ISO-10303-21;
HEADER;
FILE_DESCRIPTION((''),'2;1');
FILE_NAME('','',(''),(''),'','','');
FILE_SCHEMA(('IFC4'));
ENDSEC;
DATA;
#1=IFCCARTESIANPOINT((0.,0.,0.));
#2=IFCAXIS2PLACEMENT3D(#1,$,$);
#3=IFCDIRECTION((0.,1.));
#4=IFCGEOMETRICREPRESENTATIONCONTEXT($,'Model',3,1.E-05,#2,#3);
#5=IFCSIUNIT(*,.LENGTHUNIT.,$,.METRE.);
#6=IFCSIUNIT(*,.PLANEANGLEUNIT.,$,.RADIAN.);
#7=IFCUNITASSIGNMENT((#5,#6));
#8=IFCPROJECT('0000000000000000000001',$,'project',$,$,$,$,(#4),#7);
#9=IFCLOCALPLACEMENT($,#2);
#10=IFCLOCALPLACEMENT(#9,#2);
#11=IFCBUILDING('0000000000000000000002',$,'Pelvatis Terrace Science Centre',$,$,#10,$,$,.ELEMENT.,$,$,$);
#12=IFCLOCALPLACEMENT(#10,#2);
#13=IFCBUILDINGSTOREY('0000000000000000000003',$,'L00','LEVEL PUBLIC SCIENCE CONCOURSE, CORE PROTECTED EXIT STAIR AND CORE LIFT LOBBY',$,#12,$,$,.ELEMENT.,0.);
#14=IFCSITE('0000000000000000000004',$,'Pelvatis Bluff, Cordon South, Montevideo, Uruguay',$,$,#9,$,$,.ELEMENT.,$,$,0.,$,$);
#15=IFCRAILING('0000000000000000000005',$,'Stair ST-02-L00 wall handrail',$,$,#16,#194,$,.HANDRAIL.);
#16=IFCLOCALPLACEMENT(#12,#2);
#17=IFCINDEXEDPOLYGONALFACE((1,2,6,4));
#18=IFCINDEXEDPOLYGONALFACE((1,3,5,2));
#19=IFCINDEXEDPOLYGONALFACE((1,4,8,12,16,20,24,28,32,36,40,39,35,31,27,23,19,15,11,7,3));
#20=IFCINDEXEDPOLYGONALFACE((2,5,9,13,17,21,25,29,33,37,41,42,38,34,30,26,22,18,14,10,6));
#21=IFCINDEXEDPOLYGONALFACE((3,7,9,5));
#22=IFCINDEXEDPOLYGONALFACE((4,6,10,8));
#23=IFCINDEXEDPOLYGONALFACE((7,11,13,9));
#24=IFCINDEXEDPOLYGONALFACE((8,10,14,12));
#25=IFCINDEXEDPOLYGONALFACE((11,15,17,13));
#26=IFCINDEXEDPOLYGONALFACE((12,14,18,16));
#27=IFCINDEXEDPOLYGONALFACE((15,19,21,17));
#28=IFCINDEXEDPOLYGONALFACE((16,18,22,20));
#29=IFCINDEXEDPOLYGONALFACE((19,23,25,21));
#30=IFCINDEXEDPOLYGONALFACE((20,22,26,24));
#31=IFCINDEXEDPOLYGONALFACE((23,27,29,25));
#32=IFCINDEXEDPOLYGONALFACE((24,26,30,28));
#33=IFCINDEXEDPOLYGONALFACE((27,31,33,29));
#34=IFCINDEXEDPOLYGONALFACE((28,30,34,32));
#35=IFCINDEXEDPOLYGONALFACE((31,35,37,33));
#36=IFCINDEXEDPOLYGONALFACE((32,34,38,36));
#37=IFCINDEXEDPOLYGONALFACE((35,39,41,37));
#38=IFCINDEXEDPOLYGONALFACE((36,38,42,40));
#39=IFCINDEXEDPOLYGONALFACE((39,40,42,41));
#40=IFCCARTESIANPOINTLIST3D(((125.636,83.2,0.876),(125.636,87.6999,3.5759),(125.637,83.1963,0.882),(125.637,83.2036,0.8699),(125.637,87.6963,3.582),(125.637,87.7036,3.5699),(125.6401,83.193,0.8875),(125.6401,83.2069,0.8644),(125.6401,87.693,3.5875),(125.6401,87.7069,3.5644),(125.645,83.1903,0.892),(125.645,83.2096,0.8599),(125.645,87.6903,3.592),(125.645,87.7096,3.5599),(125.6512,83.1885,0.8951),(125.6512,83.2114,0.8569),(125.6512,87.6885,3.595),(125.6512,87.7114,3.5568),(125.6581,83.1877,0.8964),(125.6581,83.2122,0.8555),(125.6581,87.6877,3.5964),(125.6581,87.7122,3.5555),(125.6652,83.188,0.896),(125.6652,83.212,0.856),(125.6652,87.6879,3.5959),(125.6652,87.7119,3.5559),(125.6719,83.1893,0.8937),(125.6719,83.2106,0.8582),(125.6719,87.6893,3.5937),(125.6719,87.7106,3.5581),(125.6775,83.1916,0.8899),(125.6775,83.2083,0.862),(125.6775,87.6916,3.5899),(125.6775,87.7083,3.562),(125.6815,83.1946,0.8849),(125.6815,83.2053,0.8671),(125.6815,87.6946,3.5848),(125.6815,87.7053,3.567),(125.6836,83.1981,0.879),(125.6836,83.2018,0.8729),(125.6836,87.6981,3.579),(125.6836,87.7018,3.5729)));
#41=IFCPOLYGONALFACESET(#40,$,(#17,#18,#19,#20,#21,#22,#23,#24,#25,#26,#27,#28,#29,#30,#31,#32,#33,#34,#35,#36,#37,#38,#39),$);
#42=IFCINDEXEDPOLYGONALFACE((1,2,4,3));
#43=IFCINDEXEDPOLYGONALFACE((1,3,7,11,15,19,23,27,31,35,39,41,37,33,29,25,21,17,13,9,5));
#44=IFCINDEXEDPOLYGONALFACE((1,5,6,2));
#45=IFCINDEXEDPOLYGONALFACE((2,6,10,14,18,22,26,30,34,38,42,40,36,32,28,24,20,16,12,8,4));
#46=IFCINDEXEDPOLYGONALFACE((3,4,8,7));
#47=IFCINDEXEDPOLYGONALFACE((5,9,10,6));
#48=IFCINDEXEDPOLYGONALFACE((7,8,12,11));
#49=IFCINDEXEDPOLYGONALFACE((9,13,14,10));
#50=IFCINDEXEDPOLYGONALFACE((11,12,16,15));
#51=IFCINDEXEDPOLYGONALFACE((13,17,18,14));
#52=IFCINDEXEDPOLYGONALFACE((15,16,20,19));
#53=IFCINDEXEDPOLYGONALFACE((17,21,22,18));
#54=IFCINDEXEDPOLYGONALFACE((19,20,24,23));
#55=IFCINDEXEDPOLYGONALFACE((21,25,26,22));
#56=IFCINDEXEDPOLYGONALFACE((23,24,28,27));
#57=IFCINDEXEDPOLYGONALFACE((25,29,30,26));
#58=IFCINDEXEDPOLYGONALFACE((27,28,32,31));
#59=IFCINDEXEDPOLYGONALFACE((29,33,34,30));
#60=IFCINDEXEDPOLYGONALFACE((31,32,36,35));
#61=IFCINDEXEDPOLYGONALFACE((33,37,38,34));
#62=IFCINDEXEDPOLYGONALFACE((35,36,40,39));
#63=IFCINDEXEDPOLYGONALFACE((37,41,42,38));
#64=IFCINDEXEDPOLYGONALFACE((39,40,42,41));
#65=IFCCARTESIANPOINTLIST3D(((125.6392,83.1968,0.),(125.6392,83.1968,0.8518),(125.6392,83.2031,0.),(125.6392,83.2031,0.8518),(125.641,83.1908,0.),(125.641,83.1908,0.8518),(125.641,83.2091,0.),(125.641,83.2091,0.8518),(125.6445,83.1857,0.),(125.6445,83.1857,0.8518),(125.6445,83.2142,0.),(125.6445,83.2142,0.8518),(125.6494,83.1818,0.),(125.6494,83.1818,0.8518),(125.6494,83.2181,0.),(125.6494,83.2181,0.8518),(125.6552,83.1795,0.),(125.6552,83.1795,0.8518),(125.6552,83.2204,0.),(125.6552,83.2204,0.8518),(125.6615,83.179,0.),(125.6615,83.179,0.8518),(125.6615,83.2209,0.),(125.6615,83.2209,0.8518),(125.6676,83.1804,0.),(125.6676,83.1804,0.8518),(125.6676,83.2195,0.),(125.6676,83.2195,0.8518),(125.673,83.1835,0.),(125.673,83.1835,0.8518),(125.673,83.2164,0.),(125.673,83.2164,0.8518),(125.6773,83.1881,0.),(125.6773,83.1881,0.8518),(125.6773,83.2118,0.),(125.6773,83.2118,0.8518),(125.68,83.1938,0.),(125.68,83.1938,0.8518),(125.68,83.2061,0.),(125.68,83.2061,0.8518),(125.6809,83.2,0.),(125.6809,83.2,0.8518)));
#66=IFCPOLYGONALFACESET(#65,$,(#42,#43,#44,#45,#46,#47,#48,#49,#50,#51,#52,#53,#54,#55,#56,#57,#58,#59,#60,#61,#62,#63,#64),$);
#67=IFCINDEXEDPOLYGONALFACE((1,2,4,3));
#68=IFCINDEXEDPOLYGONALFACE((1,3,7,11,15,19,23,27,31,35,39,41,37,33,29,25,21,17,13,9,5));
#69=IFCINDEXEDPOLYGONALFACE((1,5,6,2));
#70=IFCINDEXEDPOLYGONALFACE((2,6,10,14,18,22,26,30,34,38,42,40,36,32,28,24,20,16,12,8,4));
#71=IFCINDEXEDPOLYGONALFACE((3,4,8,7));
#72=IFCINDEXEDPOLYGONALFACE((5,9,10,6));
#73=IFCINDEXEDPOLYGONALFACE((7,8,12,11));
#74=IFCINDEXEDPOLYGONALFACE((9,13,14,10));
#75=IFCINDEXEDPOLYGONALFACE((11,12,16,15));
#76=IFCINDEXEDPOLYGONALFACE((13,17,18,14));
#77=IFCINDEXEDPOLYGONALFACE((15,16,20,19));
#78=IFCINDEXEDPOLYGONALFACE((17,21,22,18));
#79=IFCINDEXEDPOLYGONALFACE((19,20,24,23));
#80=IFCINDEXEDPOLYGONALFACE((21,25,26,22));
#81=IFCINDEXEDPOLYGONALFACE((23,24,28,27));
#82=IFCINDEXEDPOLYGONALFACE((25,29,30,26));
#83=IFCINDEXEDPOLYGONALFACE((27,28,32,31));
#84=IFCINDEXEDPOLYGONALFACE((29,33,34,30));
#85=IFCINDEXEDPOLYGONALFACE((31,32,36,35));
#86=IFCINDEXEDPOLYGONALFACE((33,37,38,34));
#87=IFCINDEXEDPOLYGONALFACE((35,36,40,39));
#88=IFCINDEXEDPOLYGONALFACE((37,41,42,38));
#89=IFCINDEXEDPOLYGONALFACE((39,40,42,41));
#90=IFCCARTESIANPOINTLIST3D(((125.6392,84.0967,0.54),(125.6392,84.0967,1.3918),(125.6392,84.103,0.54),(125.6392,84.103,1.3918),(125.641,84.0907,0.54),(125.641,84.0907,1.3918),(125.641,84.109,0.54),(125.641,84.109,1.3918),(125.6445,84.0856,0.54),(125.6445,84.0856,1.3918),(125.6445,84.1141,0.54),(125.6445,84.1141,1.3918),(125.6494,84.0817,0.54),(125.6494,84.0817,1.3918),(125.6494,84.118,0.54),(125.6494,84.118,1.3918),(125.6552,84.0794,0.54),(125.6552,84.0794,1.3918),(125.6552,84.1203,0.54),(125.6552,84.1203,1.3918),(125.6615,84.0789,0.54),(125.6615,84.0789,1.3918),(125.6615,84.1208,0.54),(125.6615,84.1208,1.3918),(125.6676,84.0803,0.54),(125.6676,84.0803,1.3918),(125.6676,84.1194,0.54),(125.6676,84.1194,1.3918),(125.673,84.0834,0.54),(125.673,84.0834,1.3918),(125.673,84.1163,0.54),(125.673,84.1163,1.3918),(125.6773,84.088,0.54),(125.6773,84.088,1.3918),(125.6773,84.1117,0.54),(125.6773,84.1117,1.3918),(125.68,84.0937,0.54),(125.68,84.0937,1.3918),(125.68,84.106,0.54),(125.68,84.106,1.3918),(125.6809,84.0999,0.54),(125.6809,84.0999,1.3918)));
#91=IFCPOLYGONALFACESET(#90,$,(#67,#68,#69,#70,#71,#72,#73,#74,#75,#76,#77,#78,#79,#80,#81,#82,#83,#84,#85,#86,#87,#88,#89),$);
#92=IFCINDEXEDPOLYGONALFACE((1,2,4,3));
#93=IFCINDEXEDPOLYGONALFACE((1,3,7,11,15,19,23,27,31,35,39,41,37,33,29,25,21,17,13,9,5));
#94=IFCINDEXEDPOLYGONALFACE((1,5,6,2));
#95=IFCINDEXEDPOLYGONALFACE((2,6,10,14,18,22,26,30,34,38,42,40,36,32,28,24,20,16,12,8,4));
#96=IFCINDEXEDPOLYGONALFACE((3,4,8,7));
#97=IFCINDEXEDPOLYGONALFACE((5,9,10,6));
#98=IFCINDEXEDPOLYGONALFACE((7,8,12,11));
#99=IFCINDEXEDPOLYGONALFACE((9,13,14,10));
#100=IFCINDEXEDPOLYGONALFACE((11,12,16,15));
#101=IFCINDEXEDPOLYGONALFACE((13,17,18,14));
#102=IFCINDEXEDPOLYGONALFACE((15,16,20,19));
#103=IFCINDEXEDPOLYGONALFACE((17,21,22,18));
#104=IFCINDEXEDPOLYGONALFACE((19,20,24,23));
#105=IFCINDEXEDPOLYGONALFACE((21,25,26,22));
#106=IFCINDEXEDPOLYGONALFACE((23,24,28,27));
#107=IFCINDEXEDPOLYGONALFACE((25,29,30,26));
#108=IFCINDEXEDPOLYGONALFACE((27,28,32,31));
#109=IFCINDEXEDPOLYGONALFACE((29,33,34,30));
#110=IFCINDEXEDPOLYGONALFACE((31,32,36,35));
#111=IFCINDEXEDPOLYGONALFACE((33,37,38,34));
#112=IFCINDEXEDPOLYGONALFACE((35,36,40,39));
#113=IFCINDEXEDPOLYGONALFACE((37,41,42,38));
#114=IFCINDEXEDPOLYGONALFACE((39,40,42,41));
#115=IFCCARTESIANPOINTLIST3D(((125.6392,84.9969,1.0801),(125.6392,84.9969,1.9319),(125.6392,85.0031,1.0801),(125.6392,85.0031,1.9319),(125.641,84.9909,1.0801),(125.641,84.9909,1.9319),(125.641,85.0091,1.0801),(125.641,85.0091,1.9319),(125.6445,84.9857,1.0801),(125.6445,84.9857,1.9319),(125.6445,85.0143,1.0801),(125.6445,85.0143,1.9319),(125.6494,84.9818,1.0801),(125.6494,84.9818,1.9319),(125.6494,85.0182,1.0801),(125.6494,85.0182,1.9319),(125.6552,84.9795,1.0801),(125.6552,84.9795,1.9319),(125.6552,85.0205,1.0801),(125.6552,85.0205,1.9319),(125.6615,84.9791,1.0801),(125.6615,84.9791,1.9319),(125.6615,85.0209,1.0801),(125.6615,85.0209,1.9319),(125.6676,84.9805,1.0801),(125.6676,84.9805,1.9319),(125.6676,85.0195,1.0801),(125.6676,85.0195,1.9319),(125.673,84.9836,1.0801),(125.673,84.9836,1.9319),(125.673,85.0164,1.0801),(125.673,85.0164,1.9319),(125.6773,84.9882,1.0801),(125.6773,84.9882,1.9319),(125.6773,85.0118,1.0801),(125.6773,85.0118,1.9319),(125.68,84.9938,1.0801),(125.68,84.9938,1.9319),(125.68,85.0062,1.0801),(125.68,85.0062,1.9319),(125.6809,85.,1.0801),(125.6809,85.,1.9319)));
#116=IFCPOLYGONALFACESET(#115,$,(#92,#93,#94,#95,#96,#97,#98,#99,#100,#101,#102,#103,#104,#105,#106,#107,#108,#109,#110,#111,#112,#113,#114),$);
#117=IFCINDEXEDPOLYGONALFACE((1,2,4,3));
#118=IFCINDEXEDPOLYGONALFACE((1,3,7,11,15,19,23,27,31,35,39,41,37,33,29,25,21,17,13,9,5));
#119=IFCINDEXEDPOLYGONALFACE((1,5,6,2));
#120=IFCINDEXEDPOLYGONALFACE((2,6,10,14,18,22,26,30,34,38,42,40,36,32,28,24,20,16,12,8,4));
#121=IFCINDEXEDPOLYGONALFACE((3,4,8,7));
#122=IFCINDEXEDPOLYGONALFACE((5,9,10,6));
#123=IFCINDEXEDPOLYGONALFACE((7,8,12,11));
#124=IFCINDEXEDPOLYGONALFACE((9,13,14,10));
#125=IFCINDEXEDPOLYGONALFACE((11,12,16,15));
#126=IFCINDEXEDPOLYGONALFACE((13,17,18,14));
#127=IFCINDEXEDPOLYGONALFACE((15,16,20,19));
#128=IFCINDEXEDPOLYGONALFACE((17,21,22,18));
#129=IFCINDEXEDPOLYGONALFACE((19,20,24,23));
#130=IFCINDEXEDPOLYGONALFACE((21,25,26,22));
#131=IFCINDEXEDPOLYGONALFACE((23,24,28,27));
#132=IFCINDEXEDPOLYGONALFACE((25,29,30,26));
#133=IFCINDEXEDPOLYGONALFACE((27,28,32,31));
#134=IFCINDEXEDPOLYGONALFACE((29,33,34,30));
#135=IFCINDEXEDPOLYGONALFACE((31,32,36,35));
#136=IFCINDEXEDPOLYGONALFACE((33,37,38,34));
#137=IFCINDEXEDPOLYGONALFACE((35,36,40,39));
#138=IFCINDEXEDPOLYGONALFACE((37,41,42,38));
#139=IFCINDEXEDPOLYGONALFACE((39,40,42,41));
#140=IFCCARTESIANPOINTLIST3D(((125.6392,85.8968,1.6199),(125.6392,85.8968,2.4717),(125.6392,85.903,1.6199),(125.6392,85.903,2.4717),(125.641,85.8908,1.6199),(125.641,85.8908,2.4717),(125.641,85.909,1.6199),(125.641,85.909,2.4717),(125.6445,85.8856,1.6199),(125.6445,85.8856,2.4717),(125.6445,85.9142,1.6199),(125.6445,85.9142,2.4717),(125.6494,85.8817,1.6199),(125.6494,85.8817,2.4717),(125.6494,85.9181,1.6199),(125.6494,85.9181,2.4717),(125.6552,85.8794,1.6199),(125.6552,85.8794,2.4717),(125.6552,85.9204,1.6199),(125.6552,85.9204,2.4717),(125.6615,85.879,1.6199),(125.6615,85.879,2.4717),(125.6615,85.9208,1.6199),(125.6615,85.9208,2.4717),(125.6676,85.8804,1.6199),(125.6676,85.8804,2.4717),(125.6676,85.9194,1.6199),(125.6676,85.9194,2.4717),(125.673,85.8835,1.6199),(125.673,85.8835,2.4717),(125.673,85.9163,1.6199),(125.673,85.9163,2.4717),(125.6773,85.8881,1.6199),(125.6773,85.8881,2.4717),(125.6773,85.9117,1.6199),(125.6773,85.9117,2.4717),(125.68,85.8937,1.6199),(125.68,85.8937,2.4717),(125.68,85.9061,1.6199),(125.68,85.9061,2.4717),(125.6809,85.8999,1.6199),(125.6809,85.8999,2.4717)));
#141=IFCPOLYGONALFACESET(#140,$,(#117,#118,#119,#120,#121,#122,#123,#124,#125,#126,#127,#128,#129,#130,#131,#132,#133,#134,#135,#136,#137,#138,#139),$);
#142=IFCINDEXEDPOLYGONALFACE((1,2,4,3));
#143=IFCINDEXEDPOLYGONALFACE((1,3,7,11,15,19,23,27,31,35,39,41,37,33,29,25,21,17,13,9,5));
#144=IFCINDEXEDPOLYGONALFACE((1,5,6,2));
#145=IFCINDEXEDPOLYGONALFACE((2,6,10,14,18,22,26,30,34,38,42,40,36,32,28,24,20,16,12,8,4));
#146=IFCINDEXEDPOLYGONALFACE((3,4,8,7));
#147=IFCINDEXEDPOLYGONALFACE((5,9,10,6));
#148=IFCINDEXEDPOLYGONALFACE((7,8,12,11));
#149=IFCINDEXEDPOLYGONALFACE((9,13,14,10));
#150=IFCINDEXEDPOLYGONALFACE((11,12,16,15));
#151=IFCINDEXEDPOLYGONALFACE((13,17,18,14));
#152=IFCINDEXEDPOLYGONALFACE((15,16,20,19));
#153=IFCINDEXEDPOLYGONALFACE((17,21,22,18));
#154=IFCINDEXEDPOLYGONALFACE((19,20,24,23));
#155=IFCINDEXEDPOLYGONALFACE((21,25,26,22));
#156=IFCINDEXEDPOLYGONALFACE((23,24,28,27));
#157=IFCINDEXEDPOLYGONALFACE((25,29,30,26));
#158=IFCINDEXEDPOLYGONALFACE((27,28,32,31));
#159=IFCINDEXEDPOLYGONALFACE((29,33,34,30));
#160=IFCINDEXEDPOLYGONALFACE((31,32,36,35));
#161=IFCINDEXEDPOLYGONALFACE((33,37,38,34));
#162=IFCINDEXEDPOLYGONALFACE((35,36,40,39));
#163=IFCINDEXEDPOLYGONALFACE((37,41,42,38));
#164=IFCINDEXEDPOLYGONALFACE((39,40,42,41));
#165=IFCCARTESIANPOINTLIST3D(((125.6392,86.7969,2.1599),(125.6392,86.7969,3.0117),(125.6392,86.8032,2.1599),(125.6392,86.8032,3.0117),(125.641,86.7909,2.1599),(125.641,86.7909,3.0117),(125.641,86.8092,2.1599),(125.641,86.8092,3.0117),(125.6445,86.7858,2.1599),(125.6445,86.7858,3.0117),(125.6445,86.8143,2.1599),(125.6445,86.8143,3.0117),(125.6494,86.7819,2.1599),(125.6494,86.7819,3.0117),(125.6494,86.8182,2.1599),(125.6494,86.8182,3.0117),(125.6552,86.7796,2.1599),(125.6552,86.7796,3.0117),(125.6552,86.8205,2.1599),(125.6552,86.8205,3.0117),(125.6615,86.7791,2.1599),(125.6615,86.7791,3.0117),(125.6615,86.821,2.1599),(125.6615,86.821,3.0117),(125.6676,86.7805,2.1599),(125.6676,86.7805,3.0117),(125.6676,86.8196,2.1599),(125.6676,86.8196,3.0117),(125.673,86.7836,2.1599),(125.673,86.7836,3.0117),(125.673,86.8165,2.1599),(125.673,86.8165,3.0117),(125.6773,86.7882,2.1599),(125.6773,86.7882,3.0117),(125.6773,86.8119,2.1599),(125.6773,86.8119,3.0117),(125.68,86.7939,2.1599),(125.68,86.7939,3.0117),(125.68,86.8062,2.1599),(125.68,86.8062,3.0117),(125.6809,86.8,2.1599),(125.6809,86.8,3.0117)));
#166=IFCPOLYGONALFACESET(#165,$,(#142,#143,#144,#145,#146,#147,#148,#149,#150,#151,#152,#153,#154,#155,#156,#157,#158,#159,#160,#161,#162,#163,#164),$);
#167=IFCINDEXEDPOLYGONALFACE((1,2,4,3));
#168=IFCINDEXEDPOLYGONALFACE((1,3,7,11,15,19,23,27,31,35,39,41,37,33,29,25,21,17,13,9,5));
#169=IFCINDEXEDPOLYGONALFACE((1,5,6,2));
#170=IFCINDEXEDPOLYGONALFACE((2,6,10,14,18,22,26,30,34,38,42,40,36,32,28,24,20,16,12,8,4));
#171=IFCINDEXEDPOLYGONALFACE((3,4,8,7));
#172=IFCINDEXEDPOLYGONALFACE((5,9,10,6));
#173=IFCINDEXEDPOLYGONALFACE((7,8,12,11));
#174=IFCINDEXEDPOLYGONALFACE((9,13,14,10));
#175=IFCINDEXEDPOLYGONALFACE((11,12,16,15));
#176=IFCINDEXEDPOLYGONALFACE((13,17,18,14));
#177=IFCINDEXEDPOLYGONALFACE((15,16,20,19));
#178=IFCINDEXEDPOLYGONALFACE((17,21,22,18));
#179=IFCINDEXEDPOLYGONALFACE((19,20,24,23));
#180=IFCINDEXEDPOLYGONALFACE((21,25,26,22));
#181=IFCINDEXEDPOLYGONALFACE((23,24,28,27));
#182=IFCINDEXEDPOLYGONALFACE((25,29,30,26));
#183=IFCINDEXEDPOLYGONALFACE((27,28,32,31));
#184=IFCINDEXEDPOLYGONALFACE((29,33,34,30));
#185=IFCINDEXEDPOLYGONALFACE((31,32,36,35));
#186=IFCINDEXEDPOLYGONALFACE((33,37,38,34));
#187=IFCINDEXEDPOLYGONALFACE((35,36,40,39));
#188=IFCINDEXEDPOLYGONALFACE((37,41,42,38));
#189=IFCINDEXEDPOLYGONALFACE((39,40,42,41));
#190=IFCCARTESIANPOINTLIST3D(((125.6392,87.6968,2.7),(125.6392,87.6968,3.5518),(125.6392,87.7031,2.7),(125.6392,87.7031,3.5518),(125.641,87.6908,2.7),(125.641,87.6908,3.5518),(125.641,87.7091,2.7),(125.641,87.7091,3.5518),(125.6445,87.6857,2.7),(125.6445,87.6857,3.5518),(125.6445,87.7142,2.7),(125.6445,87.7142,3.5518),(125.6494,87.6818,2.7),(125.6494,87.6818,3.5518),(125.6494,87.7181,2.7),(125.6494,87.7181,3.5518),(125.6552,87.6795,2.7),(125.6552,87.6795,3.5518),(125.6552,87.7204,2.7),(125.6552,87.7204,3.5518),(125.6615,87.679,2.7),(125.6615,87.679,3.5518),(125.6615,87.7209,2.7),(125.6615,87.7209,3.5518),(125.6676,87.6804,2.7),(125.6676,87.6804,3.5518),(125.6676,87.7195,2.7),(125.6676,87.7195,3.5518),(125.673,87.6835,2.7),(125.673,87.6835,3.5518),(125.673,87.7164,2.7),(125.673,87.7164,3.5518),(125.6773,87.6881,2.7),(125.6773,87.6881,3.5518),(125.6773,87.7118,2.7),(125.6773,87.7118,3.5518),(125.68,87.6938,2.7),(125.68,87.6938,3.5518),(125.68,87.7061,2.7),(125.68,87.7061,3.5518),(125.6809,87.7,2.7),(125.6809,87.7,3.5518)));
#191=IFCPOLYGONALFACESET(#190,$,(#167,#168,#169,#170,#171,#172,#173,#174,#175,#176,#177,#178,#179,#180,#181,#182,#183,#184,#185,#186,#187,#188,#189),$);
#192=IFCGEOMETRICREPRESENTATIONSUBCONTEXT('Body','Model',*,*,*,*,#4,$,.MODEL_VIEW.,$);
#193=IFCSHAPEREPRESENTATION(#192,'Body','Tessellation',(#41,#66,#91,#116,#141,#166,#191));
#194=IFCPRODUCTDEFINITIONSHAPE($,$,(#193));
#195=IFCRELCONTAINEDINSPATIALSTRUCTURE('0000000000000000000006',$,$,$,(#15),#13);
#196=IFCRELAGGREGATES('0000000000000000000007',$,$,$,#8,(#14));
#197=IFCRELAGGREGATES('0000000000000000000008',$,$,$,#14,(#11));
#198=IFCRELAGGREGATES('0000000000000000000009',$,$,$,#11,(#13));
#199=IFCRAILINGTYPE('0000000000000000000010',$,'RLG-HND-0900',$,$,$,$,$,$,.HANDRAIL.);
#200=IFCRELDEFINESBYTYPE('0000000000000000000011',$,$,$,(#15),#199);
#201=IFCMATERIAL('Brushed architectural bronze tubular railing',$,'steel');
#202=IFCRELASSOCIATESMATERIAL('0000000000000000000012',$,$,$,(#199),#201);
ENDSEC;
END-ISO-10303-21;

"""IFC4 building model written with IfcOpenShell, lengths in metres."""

from ifc_helpers import new_model, si_unit, direction, frame, origin, origin_2d, place, context, subcontext, project, spatial, circle, extrude, material, type_object, element, save


model = new_model("IFC4")

# Units and contexts
model_context = context("Model", 3, precision=1e-05, world=origin(), true_north=direction((0.0, 1.0)))
body_context = subcontext(model_context, "Body", "Model", "MODEL_VIEW")
ifc_project = project(units=[si_unit("LENGTHUNIT", "METRE"), si_unit("PLANEANGLEUNIT", "RADIAN")], contexts=[model_context])

# Site, building, storey
site_placement = place(None, origin())
site = spatial("IfcSite", under=ifc_project, at=site_placement, Name="Pelvatis Bluff, Cordon South, Montevideo, Uruguay", CompositionType="ELEMENT", RefElevation=0.0)
building_placement = place(site_placement, origin())
building = spatial("IfcBuilding", under=site, at=building_placement, Name="Pelvatis Terrace Science Centre", CompositionType="ELEMENT")
storey_placement = place(building_placement, origin())
storey = spatial("IfcBuildingStorey", under=building, at=storey_placement, Name="L00", Description="LEVEL PUBLIC SCIENCE CONCOURSE, CORE PROTECTED EXIT STAIR AND CORE LIFT LOBBY", CompositionType="ELEMENT", Elevation=0.0)

# Railing
ifc_material_1 = material(Name="Brushed architectural bronze tubular railing", Category="steel")
railing_type = type_object("IfcRailingType", Name="RLG-HND-0900", PredefinedType="HANDRAIL", material=ifc_material_1)
railing_placement = place(storey_placement, frame((125.6599, 83.2, 0.0)))
element("IfcRailing", 1, at=railing_placement, inside=storey, type_object=railing_type, Name="Stair ST-02-L00 wall handrail", PredefinedType="HANDRAIL", context=body_context, shape_type="SweptSolid", body=[
    extrude(circle(Radius=0.0239, at=origin_2d()), frame((0.0, 0.0, 0.876), z_axis=(0.0, 0.857497, 0.514489), x_axis=(-1.0, 0.0, 0.0)), (0.0, 0.0, 1.0), 5.2478),
    extrude(circle(Radius=0.021, at=origin_2d()), origin(), (0.0, 0.0, 1.0), 0.8518),
    extrude(circle(Radius=0.021, at=origin_2d()), frame((0.0, 0.8999, 0.54)), (0.0, 0.0, 1.0), 0.8518),
    extrude(circle(Radius=0.021, at=origin_2d()), frame((0.0, 1.8, 1.0801)), (0.0, 0.0, 1.0), 0.8518),
    extrude(circle(Radius=0.021, at=origin_2d()), frame((0.0, 2.7, 1.6199)), (0.0, 0.0, 1.0), 0.8518),
    extrude(circle(Radius=0.021, at=origin_2d()), frame((0.0, 3.6001, 2.1599)), (0.0, 0.0, 1.0), 0.8518),
    extrude(circle(Radius=0.021, at=origin_2d()), frame((0.0, 4.5, 2.7)), (0.0, 0.0, 1.0), 0.8518),
])

save(model, "model.ifc")
